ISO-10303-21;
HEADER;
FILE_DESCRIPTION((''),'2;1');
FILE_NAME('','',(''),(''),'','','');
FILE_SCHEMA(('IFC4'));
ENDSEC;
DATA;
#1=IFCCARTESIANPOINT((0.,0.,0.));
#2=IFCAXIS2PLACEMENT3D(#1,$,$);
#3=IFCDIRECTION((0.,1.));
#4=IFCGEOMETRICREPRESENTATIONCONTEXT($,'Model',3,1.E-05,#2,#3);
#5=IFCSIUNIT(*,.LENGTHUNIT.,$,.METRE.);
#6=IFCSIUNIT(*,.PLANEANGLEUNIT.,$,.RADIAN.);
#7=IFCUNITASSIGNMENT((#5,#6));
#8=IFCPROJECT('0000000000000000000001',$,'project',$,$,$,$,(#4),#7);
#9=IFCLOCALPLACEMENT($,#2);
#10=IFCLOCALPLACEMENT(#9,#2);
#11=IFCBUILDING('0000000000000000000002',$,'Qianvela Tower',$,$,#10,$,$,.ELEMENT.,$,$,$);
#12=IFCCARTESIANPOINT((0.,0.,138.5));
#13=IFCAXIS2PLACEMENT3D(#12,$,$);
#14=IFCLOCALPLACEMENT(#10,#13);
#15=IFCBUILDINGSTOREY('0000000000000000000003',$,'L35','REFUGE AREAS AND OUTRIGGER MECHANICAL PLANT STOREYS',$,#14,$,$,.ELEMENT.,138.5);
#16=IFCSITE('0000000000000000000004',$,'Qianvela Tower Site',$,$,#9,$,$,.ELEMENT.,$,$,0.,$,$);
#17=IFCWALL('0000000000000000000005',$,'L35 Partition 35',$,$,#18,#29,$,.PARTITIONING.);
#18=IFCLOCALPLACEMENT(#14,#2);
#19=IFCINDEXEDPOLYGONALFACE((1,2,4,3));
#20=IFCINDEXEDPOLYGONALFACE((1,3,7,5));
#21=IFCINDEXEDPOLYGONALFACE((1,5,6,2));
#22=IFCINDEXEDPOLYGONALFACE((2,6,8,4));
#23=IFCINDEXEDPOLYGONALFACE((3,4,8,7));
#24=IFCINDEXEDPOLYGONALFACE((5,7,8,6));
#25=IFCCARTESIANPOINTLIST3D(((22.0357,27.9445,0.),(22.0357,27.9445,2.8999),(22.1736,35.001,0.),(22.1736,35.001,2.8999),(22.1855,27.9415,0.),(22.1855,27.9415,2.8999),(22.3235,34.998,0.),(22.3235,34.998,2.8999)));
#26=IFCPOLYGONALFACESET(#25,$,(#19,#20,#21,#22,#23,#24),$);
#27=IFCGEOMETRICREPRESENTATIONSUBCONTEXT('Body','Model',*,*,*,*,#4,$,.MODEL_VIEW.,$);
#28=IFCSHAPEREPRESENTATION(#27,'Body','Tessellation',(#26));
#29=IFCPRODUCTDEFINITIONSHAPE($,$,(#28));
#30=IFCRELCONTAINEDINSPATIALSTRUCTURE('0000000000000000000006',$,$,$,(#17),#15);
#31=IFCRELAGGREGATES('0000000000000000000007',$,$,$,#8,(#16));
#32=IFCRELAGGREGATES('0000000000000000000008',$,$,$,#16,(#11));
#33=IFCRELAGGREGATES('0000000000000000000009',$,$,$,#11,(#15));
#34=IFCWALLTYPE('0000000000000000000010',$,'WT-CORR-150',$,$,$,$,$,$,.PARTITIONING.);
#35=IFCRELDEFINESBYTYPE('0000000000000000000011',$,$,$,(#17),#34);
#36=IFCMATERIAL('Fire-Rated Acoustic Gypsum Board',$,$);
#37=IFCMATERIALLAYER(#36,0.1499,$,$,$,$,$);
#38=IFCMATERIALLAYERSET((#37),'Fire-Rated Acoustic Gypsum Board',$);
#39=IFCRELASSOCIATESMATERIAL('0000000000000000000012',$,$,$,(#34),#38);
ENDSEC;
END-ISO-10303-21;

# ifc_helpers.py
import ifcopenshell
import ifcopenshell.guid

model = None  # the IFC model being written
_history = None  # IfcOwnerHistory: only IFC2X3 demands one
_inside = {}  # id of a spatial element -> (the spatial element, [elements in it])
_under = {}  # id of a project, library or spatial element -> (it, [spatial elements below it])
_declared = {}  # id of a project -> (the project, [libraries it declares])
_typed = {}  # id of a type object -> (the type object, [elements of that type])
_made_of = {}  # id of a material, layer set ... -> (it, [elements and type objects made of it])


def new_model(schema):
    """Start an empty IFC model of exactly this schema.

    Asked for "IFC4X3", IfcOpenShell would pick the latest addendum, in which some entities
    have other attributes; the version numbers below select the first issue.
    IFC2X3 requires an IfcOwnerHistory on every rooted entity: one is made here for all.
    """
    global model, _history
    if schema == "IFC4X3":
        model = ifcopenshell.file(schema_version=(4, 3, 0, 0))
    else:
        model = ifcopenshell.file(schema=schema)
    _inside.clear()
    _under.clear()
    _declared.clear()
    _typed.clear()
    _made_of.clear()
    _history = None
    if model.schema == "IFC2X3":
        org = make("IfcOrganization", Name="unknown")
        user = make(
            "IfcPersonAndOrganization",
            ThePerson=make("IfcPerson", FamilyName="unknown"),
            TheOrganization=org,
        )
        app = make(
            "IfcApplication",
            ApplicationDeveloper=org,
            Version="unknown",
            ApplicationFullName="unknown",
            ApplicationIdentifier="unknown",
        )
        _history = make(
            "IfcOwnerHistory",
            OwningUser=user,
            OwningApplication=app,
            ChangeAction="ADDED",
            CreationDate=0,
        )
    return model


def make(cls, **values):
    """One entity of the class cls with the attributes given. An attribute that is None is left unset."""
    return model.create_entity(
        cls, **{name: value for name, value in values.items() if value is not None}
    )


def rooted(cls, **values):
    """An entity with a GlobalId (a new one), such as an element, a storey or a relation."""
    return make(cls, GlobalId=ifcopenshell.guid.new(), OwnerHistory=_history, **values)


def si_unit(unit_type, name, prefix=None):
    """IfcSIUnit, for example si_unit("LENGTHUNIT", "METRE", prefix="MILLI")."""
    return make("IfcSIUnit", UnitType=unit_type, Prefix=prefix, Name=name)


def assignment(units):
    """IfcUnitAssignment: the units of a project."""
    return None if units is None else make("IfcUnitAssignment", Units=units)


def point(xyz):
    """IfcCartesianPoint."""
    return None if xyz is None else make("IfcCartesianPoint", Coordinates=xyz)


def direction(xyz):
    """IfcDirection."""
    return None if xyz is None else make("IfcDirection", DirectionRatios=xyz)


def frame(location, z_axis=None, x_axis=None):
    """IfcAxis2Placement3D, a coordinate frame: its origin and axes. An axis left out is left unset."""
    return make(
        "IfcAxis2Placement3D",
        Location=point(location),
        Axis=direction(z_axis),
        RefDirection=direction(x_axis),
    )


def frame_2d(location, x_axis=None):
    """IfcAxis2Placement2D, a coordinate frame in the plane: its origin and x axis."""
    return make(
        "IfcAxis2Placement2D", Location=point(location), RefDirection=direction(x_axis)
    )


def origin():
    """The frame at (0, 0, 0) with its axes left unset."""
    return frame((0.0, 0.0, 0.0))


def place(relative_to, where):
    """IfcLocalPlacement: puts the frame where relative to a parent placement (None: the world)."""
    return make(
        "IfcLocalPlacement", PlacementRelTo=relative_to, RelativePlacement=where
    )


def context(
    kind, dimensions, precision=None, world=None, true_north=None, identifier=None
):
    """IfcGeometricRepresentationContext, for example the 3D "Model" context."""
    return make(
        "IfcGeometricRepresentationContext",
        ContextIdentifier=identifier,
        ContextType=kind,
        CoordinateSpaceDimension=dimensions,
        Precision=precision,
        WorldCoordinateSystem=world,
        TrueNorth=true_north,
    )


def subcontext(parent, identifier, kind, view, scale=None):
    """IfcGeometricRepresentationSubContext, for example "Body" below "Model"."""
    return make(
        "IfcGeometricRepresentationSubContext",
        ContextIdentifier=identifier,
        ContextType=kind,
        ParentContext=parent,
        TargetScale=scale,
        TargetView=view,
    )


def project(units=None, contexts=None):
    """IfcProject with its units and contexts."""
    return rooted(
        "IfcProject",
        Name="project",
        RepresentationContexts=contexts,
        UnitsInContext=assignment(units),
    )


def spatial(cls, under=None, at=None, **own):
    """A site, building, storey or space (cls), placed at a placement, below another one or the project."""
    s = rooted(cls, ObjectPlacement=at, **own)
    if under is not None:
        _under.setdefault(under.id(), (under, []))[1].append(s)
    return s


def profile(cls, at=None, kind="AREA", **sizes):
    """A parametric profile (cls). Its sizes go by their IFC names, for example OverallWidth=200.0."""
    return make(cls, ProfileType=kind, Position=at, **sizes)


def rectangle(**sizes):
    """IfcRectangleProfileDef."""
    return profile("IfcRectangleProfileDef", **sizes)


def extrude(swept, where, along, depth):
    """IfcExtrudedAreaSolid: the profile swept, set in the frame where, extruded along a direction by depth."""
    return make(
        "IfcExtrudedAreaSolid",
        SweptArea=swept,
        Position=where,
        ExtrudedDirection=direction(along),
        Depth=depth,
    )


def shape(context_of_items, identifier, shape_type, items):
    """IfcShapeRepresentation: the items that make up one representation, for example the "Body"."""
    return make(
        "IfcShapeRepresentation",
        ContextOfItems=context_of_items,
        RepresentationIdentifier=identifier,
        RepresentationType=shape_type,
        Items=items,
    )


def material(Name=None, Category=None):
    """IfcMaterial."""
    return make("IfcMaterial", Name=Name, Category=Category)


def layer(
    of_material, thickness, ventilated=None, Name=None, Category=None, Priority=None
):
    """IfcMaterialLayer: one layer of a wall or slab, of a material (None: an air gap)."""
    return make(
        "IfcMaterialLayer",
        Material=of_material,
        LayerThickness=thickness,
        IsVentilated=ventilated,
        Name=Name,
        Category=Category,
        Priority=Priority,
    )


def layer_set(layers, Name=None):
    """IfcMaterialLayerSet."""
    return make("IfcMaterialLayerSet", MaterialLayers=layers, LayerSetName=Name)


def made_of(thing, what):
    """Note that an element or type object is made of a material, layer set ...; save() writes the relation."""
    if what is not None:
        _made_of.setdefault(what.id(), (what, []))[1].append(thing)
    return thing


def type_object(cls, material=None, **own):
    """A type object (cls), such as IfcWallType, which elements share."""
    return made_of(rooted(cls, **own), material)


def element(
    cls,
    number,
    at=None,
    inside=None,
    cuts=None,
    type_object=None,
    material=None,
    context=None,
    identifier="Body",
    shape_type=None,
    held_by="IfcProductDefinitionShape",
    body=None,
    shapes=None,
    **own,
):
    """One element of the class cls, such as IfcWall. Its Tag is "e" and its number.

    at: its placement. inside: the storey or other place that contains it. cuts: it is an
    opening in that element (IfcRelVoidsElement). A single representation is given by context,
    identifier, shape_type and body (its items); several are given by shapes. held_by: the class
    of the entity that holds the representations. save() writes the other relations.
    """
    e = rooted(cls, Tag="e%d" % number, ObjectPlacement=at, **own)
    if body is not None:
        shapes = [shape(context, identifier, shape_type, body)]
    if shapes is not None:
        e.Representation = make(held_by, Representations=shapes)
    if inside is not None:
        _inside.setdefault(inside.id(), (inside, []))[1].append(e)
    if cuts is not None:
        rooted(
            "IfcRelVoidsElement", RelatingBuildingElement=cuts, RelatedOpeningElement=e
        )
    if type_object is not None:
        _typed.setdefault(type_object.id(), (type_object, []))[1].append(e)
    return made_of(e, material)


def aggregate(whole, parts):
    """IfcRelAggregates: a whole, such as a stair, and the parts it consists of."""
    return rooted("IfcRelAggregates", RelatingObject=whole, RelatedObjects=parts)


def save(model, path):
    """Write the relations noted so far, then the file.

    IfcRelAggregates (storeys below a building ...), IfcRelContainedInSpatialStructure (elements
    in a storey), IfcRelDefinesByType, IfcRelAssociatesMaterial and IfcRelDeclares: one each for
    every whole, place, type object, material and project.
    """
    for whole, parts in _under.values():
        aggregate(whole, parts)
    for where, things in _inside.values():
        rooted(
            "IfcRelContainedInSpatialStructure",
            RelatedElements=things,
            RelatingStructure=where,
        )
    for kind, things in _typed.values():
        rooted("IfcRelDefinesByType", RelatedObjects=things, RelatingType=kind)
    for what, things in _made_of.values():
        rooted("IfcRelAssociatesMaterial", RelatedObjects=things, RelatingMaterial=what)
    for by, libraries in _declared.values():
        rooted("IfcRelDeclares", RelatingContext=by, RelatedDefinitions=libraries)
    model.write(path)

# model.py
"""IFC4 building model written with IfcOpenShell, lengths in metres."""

from ifc_helpers import new_model, si_unit, direction, frame, frame_2d, origin, place, context, subcontext, project, spatial, rectangle, extrude, material, layer, layer_set, type_object, element, save


model = new_model("IFC4")

# Units and contexts
model_context = context("Model", 3, precision=1e-05, world=origin(), true_north=direction((0.0, 1.0)))
body_context = subcontext(model_context, "Body", "Model", "MODEL_VIEW")
ifc_project = project(units=[si_unit("LENGTHUNIT", "METRE"), si_unit("PLANEANGLEUNIT", "RADIAN")], contexts=[model_context])

# Site, building, storey
site_placement = place(None, origin())
site = spatial("IfcSite", under=ifc_project, at=site_placement, Name="Qianvela Tower Site", CompositionType="ELEMENT", RefElevation=0.0)
building_placement = place(site_placement, origin())
building = spatial("IfcBuilding", under=site, at=building_placement, Name="Qianvela Tower", CompositionType="ELEMENT")
storey_placement = place(building_placement, frame((0.0, 0.0, 138.5)))
storey = spatial("IfcBuildingStorey", under=building, at=storey_placement, Name="L35", Description="REFUGE AREAS AND OUTRIGGER MECHANICAL PLANT STOREYS", CompositionType="ELEMENT", Elevation=138.5)

# Wall
ifc_material_1 = material(Name="Fire-Rated Acoustic Gypsum Board")
ifc_layer_1 = layer(ifc_material_1, 0.1499)
ifc_layer_set_1 = layer_set([ifc_layer_1], Name="Fire-Rated Acoustic Gypsum Board")
wall_type = type_object("IfcWallType", Name="WT-CORR-150", PredefinedType="PARTITIONING", material=ifc_layer_set_1)
wall_placement = place(storey_placement, frame((22.1106, 27.9431, 0.0), z_axis=(0.0, 0.0, 1.0), x_axis=(0.019544, 0.999809, 0.0)))
element("IfcWall", 1, at=wall_placement, inside=storey, type_object=wall_type, Name="L35 Partition 35", PredefinedType="PARTITIONING", context=body_context, shape_type="SweptSolid", body=[
    extrude(rectangle(XDim=7.0579, YDim=0.1499, at=frame_2d((3.5288, 0.0))), origin(), (0.0, 0.0, 1.0), 2.8999),
])

save(model, "model.ifc")
